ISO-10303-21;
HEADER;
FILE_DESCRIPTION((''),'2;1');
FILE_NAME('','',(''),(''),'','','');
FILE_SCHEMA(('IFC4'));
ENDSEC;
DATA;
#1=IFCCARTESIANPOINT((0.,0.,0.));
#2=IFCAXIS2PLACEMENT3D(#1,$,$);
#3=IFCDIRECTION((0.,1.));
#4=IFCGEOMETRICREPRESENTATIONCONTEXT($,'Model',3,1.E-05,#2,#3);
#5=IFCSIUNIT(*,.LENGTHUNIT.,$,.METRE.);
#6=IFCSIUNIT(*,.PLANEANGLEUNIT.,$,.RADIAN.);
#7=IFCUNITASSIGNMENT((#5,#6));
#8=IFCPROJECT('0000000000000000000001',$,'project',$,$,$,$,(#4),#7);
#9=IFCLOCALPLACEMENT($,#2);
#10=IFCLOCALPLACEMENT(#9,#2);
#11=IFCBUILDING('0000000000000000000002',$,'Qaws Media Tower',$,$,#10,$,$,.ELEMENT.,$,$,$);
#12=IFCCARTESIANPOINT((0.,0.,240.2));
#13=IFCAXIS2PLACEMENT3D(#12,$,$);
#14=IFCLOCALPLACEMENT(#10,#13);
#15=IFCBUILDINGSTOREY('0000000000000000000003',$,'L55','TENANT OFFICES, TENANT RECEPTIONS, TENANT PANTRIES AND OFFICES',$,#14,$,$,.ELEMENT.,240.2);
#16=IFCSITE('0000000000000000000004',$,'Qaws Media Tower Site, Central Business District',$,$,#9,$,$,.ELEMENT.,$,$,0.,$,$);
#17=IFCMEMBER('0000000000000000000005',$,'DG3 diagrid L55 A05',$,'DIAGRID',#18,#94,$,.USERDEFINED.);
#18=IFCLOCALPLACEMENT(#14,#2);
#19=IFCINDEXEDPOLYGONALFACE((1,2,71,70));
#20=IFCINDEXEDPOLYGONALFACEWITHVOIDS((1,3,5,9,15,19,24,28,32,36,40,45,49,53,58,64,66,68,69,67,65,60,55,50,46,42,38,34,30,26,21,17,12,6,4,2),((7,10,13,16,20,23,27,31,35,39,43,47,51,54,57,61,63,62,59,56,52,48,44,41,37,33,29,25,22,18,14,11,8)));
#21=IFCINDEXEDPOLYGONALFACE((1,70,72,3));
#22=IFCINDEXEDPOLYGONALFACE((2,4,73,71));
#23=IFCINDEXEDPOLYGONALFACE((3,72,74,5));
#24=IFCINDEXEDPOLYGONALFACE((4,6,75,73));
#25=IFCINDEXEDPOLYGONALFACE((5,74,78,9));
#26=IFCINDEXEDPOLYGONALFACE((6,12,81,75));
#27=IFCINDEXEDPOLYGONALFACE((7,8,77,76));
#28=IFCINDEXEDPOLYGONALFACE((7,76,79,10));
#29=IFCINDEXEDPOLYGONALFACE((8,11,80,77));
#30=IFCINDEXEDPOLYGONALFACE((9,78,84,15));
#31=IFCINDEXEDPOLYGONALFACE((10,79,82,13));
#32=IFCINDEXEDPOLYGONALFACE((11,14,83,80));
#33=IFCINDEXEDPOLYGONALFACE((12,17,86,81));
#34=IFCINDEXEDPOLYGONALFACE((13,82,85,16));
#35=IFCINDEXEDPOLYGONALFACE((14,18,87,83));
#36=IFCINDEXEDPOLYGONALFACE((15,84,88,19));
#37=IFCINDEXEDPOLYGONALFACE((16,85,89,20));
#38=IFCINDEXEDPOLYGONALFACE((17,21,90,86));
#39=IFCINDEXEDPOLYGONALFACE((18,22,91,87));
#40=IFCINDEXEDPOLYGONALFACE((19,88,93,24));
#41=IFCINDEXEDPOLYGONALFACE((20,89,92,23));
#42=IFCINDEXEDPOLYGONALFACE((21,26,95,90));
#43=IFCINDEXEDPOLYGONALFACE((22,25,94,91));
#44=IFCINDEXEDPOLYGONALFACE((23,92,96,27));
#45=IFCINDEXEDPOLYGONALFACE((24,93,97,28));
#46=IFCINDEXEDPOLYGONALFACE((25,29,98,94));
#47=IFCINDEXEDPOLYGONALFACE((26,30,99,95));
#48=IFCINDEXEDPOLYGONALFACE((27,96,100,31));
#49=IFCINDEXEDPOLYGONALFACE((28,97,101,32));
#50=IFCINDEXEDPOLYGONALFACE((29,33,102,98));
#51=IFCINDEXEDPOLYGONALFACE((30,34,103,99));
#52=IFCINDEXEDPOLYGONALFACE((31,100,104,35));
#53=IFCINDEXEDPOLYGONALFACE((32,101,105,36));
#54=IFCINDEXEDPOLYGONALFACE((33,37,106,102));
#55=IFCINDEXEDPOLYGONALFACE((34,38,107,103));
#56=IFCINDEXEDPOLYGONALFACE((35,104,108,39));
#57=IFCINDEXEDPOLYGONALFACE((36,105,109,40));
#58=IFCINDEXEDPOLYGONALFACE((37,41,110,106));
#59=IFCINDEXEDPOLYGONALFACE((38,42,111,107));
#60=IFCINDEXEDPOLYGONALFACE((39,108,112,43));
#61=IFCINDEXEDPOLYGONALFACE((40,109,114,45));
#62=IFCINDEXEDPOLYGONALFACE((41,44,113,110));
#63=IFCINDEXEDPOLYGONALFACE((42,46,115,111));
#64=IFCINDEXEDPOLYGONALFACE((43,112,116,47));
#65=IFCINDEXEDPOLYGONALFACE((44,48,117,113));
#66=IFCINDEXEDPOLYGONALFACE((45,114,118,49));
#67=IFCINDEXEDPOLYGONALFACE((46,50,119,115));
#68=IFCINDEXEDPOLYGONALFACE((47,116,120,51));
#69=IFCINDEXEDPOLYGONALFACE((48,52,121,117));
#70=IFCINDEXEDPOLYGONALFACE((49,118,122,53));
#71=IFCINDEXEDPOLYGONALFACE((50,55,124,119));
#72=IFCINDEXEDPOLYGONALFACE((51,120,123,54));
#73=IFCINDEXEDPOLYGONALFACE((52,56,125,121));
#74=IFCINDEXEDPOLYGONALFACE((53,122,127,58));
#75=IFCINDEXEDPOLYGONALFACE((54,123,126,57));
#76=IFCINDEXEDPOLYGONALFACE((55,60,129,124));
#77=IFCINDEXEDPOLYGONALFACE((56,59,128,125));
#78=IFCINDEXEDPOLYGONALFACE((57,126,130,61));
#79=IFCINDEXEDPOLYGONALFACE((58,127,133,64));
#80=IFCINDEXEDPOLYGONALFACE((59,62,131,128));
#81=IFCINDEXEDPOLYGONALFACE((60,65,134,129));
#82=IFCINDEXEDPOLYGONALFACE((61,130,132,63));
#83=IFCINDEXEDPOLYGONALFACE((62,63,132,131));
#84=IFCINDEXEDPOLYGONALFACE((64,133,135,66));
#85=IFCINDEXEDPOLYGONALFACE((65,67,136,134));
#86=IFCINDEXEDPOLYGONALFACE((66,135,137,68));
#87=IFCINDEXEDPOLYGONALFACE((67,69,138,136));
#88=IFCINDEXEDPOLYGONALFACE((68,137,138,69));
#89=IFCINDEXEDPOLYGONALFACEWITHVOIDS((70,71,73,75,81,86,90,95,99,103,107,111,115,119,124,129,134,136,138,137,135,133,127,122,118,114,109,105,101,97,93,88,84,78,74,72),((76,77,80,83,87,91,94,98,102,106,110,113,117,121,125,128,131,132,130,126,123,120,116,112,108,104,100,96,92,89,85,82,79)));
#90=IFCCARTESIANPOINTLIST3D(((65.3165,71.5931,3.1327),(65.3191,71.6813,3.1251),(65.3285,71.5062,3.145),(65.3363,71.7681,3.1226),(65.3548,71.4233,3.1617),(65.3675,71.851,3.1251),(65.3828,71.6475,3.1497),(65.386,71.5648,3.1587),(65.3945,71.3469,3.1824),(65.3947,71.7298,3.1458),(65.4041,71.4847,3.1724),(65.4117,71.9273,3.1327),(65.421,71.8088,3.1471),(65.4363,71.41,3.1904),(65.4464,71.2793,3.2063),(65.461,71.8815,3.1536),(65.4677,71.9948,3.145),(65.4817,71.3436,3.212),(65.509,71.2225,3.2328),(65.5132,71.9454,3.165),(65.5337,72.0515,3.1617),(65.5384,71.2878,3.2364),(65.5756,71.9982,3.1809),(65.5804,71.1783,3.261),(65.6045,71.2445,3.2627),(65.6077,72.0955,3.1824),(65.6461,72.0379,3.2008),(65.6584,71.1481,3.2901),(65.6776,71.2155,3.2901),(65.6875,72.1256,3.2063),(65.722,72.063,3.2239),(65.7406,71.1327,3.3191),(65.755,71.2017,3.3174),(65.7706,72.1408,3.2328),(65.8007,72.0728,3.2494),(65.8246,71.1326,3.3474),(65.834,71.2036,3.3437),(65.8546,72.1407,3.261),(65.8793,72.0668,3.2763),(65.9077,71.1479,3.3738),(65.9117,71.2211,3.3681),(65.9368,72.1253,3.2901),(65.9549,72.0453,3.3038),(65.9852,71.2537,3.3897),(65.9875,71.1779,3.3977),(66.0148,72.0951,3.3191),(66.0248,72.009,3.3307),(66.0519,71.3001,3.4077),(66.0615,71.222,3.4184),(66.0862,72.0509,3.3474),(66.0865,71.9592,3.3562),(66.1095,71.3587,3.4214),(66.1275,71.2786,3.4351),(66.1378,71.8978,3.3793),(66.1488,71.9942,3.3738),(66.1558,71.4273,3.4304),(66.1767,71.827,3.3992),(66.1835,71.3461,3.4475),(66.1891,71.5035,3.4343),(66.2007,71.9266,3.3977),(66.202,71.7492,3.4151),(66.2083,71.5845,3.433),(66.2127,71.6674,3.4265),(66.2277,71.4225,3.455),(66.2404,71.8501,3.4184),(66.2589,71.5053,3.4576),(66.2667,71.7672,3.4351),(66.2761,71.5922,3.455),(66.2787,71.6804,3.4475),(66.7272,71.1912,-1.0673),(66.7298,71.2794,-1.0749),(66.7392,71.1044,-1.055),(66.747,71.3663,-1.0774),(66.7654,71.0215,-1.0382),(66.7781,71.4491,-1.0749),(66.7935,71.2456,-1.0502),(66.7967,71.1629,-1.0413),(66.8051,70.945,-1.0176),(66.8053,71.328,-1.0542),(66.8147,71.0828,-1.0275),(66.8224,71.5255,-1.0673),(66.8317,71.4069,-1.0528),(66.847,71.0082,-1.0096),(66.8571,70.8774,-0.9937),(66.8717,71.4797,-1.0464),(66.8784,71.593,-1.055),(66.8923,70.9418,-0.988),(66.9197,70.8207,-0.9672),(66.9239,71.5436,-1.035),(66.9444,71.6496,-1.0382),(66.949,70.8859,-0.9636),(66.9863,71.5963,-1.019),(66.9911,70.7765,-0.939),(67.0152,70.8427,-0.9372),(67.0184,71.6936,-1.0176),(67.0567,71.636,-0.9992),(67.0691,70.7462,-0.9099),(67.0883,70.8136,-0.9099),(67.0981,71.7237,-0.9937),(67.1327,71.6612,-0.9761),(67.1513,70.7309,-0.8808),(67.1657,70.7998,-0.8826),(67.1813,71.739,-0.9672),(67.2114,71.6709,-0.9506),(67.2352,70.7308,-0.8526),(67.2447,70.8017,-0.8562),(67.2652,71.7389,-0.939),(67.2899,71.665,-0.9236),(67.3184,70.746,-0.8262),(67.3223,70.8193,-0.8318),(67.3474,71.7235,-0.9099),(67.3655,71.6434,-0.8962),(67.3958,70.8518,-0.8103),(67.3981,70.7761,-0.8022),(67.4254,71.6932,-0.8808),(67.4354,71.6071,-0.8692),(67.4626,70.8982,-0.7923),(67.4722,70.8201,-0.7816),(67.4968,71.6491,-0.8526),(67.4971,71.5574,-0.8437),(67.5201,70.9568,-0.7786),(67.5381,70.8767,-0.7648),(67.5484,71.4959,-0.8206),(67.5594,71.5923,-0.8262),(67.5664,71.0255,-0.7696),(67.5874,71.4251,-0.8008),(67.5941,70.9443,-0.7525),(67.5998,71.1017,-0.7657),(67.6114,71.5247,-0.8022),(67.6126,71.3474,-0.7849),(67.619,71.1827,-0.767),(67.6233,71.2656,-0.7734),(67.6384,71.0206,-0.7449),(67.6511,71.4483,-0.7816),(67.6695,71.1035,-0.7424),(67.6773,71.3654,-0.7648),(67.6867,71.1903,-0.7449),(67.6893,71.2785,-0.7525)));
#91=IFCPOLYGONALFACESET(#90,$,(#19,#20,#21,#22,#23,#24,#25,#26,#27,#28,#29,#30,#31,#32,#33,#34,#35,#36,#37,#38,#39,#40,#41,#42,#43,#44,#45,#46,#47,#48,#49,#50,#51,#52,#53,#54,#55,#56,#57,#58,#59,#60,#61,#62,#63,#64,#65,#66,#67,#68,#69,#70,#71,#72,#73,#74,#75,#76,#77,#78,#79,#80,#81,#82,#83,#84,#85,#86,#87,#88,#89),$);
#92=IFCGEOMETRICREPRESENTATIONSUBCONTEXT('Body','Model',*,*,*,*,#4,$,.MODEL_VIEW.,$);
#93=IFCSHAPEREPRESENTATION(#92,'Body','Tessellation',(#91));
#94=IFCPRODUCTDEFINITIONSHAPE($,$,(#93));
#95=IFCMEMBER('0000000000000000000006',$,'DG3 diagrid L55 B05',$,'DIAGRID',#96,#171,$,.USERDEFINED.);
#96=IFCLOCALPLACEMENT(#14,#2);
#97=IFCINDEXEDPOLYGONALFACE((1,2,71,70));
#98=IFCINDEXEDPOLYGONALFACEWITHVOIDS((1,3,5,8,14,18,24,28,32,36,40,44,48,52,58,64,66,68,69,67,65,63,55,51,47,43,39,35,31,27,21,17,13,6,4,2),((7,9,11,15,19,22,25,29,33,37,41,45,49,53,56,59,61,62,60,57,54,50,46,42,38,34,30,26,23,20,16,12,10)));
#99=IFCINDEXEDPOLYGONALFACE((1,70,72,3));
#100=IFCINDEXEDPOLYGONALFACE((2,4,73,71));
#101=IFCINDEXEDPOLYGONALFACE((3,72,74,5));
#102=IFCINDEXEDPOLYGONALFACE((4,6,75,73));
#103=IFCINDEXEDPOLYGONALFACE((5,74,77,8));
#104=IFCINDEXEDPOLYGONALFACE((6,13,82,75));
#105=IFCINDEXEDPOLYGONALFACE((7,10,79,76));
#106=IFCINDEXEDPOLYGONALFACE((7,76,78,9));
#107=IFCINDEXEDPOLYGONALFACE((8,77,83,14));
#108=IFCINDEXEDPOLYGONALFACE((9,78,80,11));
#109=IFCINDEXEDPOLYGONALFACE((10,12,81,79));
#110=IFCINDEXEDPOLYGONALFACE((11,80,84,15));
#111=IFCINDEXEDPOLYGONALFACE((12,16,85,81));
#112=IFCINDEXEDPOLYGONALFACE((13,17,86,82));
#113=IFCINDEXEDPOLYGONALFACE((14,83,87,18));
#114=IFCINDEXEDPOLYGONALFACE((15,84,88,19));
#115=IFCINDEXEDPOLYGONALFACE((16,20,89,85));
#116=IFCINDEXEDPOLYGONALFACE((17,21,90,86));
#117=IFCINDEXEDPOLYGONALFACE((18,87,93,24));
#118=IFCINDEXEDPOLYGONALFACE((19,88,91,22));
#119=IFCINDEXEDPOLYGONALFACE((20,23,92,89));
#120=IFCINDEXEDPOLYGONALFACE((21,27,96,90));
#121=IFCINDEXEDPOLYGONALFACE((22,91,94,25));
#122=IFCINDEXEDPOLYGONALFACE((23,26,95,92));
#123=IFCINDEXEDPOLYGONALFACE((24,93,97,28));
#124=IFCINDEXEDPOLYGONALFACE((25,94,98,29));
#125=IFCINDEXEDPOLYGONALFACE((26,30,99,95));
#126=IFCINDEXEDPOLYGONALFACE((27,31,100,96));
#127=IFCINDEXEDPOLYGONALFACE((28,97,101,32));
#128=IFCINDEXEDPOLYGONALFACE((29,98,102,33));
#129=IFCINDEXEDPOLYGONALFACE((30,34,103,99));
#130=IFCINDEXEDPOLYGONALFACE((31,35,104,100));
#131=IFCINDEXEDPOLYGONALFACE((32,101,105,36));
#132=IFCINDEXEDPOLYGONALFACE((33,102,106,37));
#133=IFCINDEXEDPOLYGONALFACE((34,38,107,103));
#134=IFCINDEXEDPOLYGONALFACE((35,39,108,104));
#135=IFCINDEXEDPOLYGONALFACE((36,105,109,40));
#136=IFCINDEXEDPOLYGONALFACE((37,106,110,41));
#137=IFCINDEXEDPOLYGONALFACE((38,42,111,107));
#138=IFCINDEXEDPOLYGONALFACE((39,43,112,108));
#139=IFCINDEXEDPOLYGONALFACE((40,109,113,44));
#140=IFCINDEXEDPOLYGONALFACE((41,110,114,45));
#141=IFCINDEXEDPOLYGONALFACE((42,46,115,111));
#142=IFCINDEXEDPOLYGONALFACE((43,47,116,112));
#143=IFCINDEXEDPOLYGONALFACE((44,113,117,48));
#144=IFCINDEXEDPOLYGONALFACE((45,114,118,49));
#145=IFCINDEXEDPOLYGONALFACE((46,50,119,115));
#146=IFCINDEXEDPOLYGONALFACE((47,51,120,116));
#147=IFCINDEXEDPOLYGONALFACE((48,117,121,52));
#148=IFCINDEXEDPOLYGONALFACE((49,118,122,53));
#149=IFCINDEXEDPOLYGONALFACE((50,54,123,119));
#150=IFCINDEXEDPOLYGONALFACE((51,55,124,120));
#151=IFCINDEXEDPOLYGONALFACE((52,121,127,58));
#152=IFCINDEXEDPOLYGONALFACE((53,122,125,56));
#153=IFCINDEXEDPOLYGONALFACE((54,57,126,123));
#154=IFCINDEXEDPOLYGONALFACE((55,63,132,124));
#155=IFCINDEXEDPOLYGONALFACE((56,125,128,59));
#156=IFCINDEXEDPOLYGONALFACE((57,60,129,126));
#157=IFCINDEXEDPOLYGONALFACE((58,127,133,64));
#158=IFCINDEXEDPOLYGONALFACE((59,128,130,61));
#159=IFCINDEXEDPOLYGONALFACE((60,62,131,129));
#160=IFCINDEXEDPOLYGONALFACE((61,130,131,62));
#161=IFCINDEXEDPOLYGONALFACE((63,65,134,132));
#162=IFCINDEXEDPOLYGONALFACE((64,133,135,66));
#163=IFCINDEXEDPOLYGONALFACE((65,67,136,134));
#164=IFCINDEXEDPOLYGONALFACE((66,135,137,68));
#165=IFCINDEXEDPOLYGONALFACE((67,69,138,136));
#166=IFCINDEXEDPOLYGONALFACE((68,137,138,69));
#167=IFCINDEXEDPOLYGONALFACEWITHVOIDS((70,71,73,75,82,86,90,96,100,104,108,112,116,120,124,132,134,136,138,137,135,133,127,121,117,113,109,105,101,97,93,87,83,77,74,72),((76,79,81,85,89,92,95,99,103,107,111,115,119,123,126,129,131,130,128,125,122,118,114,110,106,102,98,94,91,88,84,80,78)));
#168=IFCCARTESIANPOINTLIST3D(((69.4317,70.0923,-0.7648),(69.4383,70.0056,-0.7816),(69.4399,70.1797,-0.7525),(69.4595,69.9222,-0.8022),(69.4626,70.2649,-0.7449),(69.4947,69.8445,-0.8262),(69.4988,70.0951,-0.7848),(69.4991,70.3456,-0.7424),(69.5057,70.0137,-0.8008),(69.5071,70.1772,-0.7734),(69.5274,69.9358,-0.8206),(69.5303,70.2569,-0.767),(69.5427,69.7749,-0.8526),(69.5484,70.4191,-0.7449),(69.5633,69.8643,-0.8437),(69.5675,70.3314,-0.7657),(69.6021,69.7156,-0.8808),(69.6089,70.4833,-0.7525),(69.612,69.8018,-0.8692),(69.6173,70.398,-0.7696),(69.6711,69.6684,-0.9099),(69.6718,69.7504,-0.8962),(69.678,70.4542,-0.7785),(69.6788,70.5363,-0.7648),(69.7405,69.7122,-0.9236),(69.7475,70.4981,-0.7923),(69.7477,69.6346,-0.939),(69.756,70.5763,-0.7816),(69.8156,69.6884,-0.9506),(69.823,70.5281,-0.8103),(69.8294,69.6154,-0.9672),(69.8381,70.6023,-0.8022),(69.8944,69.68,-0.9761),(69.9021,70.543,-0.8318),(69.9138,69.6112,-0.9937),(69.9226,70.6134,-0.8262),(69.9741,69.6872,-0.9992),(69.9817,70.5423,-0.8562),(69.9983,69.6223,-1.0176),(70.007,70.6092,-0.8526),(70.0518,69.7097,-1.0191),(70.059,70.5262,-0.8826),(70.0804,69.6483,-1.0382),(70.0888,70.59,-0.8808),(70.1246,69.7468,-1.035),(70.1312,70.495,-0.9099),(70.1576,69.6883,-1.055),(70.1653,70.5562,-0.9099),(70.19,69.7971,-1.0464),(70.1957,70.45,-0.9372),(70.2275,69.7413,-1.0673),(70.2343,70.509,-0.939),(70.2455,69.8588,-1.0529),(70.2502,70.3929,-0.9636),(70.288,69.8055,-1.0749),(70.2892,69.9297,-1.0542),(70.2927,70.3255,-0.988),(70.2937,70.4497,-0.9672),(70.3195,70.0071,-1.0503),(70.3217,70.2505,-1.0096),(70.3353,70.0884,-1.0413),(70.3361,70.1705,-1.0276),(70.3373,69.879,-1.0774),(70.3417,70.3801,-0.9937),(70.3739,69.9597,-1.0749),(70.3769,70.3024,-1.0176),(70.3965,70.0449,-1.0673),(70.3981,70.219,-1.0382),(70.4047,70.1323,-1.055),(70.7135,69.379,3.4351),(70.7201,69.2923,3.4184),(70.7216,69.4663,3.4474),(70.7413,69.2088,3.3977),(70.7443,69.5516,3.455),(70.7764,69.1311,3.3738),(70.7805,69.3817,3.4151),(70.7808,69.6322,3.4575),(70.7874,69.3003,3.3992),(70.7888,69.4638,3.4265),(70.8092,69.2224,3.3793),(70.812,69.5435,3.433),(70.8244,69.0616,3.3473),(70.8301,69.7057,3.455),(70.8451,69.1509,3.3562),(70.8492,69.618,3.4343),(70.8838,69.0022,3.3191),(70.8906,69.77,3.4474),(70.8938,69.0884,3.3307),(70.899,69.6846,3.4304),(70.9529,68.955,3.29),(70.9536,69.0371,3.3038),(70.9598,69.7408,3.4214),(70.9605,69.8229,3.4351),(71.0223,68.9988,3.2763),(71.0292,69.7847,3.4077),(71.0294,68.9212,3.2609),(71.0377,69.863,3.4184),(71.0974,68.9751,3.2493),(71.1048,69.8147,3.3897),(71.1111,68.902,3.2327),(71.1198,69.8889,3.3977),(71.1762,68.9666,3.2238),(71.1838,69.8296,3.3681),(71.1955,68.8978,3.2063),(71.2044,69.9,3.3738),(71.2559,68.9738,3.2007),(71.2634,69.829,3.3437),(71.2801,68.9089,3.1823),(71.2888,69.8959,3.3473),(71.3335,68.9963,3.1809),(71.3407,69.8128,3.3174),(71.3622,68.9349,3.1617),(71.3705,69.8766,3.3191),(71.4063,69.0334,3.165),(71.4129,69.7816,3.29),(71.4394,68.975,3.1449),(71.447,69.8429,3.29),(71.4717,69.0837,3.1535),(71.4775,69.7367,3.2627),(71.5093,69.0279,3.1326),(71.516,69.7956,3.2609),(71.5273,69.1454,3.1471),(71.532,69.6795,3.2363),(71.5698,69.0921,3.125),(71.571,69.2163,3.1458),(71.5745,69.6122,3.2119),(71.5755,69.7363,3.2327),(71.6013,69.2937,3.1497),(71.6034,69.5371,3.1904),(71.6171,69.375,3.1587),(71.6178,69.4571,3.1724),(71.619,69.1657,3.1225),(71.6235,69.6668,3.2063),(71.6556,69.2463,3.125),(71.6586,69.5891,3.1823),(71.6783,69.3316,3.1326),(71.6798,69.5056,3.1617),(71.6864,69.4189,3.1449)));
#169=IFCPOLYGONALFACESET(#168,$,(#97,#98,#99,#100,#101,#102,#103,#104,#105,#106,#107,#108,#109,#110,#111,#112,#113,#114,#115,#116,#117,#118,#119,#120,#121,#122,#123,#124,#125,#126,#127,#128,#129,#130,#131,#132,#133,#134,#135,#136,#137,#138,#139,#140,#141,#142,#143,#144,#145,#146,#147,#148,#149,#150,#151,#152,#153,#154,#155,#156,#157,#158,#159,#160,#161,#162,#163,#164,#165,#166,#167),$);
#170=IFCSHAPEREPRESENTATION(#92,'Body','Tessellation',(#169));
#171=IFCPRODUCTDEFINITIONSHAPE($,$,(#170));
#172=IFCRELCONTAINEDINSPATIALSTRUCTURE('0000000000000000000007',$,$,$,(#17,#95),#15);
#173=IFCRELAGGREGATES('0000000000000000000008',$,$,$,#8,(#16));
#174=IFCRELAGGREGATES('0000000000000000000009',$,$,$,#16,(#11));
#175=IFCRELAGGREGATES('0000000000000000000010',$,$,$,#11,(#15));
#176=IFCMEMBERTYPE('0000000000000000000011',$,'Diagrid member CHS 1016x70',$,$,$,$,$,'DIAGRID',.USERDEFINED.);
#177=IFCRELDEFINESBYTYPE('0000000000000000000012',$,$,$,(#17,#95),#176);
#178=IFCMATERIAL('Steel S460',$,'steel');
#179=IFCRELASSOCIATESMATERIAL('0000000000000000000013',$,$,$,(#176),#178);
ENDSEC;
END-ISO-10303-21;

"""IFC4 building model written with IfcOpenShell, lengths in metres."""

from ifc_helpers import new_model, si_unit, direction, frame, origin, origin_2d, place, context, subcontext, project, spatial, hollow_circle, extrude, material, material_profile, profile_set, type_object, element, save


model = new_model("IFC4")

# Units and contexts
model_context = context("Model", 3, precision=1e-05, world=origin(), true_north=direction((0.0, 1.0)))
body_context = subcontext(model_context, "Body", "Model", "MODEL_VIEW")
ifc_project = project(units=[si_unit("LENGTHUNIT", "METRE"), si_unit("PLANEANGLEUNIT", "RADIAN")], contexts=[model_context])

# Site, building, storey
site_placement = place(None, origin())
site = spatial("IfcSite", under=ifc_project, at=site_placement, Name="Qaws Media Tower Site, Central Business District", CompositionType="ELEMENT", RefElevation=0.0)
building_placement = place(site_placement, origin())
building = spatial("IfcBuilding", under=site, at=building_placement, Name="Qaws Media Tower", CompositionType="ELEMENT")
storey_placement = place(building_placement, frame((0.0, 0.0, 240.2)))
storey = spatial("IfcBuildingStorey", under=building, at=storey_placement, Name="L55", Description="TENANT OFFICES, TENANT RECEPTIONS, TENANT PANTRIES AND OFFICES", CompositionType="ELEMENT", Elevation=240.2)

# Members
ifc_material_1 = material(Name="Steel S460", Category="steel")
ifc_material_profile_1 = material_profile(ifc_material_1, hollow_circle(Radius=0.5081, WallThickness=0.0701, at=origin_2d()), Name="CHS 1016x70")
ifc_profile_set_1 = profile_set([ifc_material_profile_1], Name="Steel S460")
member_type_1 = type_object("IfcMemberType", Name="Diagrid member CHS 1016x70", ElementType="DIAGRID", PredefinedType="USERDEFINED", material=ifc_profile_set_1)
for number, where, z_axis, x_axis, name in (
    (1, (67.2083, 71.2349, -0.9099), (-0.317091, 0.090331, 0.944084), (-0.273974, -0.961737, 0.0), "DG3 diagrid L55 A05"),
    (2, (69.9182, 70.1123, -0.9099), (0.288112, -0.160355, 0.944075), (0.486321, 0.87378, 0.0), "DG3 diagrid L55 B05"),
):
    element("IfcMember", number, at=place(storey_placement, frame(where, z_axis=z_axis, x_axis=x_axis)), inside=storey, type_object=member_type_1, Name=name, ObjectType="DIAGRID", PredefinedType="USERDEFINED", context=body_context, shape_type="SweptSolid", body=[
        extrude(hollow_circle(Radius=0.5081, WallThickness=0.0701, at=origin_2d()), origin(), (0.0, 0.0, 1.0), 4.4487),
    ])

save(model, "model.ifc")
